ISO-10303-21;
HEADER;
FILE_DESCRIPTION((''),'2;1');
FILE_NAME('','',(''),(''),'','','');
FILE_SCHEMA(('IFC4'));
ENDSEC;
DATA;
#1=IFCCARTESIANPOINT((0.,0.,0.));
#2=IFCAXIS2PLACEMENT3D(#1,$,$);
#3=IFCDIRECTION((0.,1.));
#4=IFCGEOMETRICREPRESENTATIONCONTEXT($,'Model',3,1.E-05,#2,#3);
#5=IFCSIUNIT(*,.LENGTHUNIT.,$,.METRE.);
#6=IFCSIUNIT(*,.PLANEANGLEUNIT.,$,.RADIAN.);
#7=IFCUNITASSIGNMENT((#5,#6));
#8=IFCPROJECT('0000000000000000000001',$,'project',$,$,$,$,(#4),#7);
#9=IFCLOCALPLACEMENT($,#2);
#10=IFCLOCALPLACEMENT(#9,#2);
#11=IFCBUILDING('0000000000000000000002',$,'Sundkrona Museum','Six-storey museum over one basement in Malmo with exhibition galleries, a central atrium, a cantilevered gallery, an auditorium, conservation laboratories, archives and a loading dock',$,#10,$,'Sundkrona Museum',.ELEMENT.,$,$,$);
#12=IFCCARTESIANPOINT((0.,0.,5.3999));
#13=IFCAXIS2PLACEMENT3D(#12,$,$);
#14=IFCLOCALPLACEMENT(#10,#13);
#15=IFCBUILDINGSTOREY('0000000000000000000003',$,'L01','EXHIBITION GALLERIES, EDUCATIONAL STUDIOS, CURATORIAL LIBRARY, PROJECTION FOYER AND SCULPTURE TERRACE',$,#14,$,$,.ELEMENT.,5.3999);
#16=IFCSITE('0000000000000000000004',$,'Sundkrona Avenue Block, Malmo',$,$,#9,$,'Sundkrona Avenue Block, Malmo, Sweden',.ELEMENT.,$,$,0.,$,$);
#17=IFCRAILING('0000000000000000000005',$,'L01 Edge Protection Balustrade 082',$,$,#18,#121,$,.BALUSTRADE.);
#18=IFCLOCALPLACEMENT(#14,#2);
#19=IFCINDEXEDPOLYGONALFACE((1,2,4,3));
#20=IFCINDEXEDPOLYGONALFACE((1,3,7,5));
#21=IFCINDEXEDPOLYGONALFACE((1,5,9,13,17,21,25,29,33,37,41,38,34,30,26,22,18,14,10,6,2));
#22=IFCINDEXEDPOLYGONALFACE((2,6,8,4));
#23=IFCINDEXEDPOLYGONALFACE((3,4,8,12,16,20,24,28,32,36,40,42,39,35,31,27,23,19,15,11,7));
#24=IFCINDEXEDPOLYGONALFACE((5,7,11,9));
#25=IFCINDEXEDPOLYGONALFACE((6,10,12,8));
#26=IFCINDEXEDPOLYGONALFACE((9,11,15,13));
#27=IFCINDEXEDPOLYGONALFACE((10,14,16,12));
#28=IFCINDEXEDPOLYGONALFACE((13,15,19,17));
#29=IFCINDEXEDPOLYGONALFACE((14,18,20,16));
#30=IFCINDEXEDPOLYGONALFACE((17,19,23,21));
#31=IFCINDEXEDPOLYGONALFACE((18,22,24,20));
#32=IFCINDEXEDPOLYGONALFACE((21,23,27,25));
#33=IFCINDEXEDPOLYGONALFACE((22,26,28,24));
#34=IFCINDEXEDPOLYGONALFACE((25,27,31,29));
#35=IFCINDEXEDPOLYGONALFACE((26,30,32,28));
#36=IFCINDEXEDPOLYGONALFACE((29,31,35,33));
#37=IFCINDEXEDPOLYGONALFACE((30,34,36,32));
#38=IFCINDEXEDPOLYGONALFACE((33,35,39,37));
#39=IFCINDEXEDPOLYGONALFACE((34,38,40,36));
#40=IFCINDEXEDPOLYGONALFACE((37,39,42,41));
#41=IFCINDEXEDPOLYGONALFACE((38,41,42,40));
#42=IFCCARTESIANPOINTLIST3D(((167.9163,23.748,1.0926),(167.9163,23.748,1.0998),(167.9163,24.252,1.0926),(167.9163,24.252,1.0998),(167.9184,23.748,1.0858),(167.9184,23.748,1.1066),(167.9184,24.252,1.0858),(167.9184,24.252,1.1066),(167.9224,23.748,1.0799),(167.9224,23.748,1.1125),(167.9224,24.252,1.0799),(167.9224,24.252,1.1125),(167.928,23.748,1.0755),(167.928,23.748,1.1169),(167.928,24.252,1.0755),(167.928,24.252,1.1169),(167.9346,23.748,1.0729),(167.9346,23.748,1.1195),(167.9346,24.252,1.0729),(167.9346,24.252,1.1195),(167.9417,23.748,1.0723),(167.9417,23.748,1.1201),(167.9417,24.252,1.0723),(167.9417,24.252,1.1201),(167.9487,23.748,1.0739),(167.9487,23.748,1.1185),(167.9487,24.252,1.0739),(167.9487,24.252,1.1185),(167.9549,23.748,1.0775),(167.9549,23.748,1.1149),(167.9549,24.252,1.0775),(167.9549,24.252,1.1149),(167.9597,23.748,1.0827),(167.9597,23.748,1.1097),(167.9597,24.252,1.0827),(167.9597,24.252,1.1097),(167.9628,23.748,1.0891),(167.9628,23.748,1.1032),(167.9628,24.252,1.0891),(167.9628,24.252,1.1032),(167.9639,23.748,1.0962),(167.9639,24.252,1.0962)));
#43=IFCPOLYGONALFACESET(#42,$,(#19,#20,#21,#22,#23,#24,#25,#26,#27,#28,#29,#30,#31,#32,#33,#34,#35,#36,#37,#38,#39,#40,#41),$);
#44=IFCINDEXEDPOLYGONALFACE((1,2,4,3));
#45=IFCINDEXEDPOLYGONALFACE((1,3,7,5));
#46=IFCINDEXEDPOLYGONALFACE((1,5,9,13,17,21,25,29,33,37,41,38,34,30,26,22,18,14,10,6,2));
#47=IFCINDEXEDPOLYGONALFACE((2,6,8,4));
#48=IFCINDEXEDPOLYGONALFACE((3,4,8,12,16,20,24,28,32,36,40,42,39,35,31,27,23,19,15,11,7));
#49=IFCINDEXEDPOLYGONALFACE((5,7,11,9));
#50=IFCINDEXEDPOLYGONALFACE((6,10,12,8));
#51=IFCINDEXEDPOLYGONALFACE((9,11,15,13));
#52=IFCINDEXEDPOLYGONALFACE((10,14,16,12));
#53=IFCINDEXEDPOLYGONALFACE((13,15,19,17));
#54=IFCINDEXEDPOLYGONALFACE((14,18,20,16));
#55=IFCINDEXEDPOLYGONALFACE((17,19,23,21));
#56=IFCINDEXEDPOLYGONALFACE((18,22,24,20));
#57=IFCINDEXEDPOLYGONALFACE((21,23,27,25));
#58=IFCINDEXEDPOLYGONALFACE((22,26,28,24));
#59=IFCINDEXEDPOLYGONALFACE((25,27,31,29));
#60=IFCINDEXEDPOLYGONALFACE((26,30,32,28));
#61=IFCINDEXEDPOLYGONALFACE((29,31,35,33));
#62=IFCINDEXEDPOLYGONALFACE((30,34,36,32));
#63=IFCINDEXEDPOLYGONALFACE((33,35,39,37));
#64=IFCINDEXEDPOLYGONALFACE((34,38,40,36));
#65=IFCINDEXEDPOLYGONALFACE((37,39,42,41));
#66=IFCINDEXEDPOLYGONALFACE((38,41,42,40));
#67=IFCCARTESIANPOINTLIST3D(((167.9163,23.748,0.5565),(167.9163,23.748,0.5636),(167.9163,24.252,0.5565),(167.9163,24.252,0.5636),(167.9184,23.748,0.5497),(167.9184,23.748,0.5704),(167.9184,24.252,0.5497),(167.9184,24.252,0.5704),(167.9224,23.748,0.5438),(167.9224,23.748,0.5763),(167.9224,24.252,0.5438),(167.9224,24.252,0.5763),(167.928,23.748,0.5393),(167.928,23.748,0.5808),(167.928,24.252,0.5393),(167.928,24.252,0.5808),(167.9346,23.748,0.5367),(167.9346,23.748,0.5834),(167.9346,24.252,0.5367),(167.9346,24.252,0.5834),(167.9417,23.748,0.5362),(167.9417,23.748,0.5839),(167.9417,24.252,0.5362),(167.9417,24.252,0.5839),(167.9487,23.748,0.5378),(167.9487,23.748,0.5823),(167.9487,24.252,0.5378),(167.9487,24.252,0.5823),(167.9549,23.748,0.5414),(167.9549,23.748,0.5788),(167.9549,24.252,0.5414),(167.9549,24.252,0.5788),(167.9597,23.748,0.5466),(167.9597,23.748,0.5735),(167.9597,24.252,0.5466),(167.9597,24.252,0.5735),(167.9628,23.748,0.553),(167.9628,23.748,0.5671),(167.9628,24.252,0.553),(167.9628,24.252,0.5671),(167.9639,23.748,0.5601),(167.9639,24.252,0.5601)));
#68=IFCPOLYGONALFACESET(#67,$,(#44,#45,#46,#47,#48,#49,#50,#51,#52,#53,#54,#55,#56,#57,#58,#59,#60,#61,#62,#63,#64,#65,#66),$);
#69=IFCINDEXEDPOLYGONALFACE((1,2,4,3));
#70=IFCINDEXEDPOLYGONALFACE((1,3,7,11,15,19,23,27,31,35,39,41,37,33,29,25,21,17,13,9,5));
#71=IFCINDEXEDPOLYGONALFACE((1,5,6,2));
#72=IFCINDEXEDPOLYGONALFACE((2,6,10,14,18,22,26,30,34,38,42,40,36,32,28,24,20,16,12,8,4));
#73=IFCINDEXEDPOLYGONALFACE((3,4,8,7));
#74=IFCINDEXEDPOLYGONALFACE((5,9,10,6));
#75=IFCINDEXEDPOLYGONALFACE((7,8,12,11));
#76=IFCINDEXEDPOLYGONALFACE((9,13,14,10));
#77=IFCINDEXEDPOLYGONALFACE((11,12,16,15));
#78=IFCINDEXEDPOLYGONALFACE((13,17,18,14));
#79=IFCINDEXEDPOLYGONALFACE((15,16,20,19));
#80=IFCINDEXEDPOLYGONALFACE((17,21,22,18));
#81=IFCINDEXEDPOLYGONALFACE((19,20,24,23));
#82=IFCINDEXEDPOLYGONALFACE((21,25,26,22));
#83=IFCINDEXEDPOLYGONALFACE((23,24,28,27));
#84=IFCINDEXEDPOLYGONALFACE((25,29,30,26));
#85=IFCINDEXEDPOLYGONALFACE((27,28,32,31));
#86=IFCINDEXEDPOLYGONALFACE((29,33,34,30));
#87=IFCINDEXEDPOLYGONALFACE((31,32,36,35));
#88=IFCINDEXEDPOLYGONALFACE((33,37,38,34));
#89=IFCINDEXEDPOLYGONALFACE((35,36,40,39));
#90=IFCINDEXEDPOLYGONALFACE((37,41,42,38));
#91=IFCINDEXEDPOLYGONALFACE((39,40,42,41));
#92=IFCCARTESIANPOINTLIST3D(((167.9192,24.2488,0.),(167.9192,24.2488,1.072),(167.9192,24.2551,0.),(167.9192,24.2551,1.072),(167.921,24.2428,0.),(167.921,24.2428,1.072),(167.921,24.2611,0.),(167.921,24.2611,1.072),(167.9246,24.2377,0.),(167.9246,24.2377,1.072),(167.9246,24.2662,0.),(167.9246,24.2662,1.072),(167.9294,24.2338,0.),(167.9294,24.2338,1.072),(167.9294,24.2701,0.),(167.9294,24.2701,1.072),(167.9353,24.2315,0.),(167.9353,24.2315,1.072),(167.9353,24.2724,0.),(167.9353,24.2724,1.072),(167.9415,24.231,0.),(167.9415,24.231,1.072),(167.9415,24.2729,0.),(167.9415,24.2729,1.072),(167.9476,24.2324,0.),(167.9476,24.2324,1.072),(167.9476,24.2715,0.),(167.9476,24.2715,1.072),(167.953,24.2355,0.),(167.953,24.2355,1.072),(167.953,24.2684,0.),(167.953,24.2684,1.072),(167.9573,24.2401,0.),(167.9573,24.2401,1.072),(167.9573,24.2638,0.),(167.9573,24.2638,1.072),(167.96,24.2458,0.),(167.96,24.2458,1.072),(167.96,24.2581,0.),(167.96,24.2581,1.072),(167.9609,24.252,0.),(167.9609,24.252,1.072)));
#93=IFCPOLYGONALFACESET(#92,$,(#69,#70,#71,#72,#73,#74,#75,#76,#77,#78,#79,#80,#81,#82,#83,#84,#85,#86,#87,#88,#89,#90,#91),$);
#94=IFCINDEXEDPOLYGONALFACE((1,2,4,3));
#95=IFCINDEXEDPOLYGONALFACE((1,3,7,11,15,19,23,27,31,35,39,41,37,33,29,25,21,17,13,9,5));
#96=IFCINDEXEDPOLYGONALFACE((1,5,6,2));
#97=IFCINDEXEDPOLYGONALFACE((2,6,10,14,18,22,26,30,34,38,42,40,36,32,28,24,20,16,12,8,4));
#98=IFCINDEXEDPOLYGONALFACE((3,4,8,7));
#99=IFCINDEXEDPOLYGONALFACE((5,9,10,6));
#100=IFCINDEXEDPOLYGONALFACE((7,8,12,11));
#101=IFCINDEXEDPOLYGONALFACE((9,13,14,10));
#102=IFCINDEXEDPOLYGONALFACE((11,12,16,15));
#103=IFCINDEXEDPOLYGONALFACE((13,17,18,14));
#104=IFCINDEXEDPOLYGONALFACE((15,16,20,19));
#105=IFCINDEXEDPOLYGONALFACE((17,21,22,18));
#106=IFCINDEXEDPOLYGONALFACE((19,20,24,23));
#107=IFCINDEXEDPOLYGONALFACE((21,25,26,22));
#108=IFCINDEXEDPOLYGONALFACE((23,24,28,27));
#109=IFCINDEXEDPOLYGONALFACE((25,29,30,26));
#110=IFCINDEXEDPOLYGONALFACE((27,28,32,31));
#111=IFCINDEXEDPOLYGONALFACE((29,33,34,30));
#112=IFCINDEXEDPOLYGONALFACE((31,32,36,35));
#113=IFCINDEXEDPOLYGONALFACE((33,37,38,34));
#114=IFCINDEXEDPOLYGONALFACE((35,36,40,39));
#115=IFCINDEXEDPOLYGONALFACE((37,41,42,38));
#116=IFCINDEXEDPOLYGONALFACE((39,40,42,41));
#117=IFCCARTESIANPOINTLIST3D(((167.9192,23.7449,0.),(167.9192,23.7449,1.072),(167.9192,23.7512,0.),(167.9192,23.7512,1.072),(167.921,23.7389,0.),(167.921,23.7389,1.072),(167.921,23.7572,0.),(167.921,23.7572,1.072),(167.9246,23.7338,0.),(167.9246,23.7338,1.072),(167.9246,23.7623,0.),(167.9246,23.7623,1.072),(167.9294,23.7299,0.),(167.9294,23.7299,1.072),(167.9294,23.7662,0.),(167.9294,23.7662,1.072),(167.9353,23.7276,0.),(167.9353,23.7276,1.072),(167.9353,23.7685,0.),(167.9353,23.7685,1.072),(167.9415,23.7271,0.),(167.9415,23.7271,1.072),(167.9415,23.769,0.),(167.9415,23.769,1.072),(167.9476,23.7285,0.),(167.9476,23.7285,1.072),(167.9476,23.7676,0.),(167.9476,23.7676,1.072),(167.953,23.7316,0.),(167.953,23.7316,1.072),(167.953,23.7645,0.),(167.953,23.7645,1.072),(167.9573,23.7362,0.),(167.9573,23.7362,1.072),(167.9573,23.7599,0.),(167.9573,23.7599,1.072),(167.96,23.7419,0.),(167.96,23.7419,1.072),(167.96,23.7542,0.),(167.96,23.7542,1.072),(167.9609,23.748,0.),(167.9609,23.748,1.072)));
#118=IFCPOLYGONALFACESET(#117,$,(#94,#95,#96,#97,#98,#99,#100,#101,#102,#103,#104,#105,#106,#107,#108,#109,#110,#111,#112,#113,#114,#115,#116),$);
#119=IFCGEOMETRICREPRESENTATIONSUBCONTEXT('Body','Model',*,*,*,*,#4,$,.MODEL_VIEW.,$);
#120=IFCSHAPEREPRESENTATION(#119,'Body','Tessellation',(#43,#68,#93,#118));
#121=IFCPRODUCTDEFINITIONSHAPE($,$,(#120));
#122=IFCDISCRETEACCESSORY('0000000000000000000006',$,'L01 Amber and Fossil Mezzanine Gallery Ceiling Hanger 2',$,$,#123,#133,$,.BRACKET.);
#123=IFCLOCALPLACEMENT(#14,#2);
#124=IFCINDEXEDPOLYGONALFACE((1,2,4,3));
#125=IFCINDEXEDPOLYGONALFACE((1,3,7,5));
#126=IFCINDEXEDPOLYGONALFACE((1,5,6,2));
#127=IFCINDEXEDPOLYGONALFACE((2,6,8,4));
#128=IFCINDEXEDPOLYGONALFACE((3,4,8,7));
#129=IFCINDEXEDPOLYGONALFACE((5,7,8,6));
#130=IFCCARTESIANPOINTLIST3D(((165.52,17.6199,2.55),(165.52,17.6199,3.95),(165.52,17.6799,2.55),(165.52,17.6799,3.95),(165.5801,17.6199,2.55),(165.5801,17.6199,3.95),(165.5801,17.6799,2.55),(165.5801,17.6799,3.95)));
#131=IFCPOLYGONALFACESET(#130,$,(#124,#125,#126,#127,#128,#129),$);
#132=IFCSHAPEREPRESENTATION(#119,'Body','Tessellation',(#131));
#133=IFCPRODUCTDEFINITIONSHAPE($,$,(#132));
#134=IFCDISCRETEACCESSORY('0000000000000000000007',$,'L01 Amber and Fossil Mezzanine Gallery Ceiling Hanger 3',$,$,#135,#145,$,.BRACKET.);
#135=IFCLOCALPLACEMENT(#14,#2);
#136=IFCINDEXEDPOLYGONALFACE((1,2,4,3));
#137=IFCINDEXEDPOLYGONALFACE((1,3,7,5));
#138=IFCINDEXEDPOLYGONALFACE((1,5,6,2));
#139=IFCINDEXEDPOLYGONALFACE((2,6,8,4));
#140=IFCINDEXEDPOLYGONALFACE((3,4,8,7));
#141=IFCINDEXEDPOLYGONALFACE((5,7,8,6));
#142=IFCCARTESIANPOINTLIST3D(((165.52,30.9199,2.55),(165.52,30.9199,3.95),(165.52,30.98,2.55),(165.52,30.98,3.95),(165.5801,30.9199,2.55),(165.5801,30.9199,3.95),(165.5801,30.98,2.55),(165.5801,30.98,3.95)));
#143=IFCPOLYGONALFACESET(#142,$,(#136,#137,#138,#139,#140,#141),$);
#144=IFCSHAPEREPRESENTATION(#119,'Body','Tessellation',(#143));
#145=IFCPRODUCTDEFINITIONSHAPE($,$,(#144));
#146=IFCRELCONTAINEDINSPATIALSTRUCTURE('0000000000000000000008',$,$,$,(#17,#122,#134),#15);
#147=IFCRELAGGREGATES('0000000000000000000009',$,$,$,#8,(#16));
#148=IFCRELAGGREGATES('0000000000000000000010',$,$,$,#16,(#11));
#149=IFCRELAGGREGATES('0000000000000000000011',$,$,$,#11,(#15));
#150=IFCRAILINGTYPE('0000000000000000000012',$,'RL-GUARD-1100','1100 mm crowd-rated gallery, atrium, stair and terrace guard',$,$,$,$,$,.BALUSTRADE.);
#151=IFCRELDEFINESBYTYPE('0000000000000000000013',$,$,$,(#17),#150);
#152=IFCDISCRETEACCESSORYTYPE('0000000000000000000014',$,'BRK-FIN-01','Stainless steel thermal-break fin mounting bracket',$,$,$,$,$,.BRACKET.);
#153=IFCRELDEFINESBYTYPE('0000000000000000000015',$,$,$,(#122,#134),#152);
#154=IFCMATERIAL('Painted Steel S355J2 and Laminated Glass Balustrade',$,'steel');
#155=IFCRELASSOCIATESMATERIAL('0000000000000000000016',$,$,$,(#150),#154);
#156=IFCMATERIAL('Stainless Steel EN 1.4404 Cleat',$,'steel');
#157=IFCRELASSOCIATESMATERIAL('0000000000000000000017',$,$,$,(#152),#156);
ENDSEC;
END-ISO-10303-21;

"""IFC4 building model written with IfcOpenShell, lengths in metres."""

from ifc_helpers import new_model, si_unit, direction, frame, origin, origin_2d, place, context, subcontext, project, spatial, rectangle, circle, extrude, material, type_object, element, save


model = new_model("IFC4")

# Units and contexts
model_context = context("Model", 3, precision=1e-05, world=origin(), true_north=direction((0.0, 1.0)))
body_context = subcontext(model_context, "Body", "Model", "MODEL_VIEW")
ifc_project = project(units=[si_unit("LENGTHUNIT", "METRE"), si_unit("PLANEANGLEUNIT", "RADIAN")], contexts=[model_context])

# Site, building, storey
site_placement = place(None, origin())
site = spatial("IfcSite", under=ifc_project, at=site_placement, Name="Sundkrona Avenue Block, Malmo", LongName="Sundkrona Avenue Block, Malmo, Sweden", CompositionType="ELEMENT", RefElevation=0.0)
building_placement = place(site_placement, origin())
building = spatial("IfcBuilding", under=site, at=building_placement, Name="Sundkrona Museum", Description="Six-storey museum over one basement in Malmo with exhibition galleries, a central atrium, a cantilevered gallery, an auditorium, conservation laboratories, archives and a loading dock", LongName="Sundkrona Museum", CompositionType="ELEMENT")
storey_placement = place(building_placement, frame((0.0, 0.0, 5.3999)))
storey = spatial("IfcBuildingStorey", under=building, at=storey_placement, Name="L01", Description="EXHIBITION GALLERIES, EDUCATIONAL STUDIOS, CURATORIAL LIBRARY, PROJECTION FOYER AND SCULPTURE TERRACE", CompositionType="ELEMENT", Elevation=5.3999)

# Railing
ifc_material_1 = material(Name="Painted Steel S355J2 and Laminated Glass Balustrade", Category="steel")
railing_type = type_object("IfcRailingType", Name="RL-GUARD-1100", Description="1100 mm crowd-rated gallery, atrium, stair and terrace guard", PredefinedType="BALUSTRADE", material=ifc_material_1)
for number, where, name in (
    (1, (167.9399, 24.252, 0.0), "L01 Edge Protection Balustrade 082"),
):
    element("IfcRailing", number, at=place(storey_placement, frame(where)), inside=storey, type_object=railing_type, Name=name, PredefinedType="BALUSTRADE", context=body_context, shape_type="SweptSolid", body=[
        extrude(circle(Radius=0.0239, at=origin_2d()), frame((0.0, 0.0, 1.0962), z_axis=(0.0, -1.0, 0.0), x_axis=(1.0, 0.0, 0.0)), (0.0, 0.0, 1.0), 0.5039),
        extrude(circle(Radius=0.0239, at=origin_2d()), frame((0.0, 0.0, 0.5601), z_axis=(0.0, -1.0, 0.0), x_axis=(1.0, 0.0, 0.0)), (0.0, 0.0, 1.0), 0.5039),
        extrude(circle(Radius=0.021, at=origin_2d()), origin(), (0.0, 0.0, 1.0), 1.072),
        extrude(circle(Radius=0.021, at=origin_2d()), frame((0.0, -0.5039, 0.0)), (0.0, 0.0, 1.0), 1.072),
    ])

# Discrete accessories
ifc_material_2 = material(Name="Stainless Steel EN 1.4404 Cleat", Category="steel")
discrete_accessory_type = type_object("IfcDiscreteAccessoryType", Name="BRK-FIN-01", Description="Stainless steel thermal-break fin mounting bracket", PredefinedType="BRACKET", material=ifc_material_2)
for number, where, z_axis, x_axis, name in (
    (2, (165.55, 17.6499, 2.55), (0.0, 0.0, 1.0), (1.0, 0.0, 0.0), "L01 Amber and Fossil Mezzanine Gallery Ceiling Hanger 2"),
    (3, (165.55, 30.95, 2.55), (0.0, 0.0, 1.0), (1.0, 0.0, 0.0), "L01 Amber and Fossil Mezzanine Gallery Ceiling Hanger 3"),
):
    element("IfcDiscreteAccessory", number, at=place(storey_placement, frame(where, z_axis=z_axis, x_axis=x_axis)), inside=storey, type_object=discrete_accessory_type, Name=name, PredefinedType="BRACKET", context=body_context, shape_type="SweptSolid", body=[
        extrude(rectangle(XDim=0.0601, YDim=0.0601, at=origin_2d()), origin(), (0.0, 0.0, 1.0), 1.3999),
    ])

save(model, "model.ifc")
